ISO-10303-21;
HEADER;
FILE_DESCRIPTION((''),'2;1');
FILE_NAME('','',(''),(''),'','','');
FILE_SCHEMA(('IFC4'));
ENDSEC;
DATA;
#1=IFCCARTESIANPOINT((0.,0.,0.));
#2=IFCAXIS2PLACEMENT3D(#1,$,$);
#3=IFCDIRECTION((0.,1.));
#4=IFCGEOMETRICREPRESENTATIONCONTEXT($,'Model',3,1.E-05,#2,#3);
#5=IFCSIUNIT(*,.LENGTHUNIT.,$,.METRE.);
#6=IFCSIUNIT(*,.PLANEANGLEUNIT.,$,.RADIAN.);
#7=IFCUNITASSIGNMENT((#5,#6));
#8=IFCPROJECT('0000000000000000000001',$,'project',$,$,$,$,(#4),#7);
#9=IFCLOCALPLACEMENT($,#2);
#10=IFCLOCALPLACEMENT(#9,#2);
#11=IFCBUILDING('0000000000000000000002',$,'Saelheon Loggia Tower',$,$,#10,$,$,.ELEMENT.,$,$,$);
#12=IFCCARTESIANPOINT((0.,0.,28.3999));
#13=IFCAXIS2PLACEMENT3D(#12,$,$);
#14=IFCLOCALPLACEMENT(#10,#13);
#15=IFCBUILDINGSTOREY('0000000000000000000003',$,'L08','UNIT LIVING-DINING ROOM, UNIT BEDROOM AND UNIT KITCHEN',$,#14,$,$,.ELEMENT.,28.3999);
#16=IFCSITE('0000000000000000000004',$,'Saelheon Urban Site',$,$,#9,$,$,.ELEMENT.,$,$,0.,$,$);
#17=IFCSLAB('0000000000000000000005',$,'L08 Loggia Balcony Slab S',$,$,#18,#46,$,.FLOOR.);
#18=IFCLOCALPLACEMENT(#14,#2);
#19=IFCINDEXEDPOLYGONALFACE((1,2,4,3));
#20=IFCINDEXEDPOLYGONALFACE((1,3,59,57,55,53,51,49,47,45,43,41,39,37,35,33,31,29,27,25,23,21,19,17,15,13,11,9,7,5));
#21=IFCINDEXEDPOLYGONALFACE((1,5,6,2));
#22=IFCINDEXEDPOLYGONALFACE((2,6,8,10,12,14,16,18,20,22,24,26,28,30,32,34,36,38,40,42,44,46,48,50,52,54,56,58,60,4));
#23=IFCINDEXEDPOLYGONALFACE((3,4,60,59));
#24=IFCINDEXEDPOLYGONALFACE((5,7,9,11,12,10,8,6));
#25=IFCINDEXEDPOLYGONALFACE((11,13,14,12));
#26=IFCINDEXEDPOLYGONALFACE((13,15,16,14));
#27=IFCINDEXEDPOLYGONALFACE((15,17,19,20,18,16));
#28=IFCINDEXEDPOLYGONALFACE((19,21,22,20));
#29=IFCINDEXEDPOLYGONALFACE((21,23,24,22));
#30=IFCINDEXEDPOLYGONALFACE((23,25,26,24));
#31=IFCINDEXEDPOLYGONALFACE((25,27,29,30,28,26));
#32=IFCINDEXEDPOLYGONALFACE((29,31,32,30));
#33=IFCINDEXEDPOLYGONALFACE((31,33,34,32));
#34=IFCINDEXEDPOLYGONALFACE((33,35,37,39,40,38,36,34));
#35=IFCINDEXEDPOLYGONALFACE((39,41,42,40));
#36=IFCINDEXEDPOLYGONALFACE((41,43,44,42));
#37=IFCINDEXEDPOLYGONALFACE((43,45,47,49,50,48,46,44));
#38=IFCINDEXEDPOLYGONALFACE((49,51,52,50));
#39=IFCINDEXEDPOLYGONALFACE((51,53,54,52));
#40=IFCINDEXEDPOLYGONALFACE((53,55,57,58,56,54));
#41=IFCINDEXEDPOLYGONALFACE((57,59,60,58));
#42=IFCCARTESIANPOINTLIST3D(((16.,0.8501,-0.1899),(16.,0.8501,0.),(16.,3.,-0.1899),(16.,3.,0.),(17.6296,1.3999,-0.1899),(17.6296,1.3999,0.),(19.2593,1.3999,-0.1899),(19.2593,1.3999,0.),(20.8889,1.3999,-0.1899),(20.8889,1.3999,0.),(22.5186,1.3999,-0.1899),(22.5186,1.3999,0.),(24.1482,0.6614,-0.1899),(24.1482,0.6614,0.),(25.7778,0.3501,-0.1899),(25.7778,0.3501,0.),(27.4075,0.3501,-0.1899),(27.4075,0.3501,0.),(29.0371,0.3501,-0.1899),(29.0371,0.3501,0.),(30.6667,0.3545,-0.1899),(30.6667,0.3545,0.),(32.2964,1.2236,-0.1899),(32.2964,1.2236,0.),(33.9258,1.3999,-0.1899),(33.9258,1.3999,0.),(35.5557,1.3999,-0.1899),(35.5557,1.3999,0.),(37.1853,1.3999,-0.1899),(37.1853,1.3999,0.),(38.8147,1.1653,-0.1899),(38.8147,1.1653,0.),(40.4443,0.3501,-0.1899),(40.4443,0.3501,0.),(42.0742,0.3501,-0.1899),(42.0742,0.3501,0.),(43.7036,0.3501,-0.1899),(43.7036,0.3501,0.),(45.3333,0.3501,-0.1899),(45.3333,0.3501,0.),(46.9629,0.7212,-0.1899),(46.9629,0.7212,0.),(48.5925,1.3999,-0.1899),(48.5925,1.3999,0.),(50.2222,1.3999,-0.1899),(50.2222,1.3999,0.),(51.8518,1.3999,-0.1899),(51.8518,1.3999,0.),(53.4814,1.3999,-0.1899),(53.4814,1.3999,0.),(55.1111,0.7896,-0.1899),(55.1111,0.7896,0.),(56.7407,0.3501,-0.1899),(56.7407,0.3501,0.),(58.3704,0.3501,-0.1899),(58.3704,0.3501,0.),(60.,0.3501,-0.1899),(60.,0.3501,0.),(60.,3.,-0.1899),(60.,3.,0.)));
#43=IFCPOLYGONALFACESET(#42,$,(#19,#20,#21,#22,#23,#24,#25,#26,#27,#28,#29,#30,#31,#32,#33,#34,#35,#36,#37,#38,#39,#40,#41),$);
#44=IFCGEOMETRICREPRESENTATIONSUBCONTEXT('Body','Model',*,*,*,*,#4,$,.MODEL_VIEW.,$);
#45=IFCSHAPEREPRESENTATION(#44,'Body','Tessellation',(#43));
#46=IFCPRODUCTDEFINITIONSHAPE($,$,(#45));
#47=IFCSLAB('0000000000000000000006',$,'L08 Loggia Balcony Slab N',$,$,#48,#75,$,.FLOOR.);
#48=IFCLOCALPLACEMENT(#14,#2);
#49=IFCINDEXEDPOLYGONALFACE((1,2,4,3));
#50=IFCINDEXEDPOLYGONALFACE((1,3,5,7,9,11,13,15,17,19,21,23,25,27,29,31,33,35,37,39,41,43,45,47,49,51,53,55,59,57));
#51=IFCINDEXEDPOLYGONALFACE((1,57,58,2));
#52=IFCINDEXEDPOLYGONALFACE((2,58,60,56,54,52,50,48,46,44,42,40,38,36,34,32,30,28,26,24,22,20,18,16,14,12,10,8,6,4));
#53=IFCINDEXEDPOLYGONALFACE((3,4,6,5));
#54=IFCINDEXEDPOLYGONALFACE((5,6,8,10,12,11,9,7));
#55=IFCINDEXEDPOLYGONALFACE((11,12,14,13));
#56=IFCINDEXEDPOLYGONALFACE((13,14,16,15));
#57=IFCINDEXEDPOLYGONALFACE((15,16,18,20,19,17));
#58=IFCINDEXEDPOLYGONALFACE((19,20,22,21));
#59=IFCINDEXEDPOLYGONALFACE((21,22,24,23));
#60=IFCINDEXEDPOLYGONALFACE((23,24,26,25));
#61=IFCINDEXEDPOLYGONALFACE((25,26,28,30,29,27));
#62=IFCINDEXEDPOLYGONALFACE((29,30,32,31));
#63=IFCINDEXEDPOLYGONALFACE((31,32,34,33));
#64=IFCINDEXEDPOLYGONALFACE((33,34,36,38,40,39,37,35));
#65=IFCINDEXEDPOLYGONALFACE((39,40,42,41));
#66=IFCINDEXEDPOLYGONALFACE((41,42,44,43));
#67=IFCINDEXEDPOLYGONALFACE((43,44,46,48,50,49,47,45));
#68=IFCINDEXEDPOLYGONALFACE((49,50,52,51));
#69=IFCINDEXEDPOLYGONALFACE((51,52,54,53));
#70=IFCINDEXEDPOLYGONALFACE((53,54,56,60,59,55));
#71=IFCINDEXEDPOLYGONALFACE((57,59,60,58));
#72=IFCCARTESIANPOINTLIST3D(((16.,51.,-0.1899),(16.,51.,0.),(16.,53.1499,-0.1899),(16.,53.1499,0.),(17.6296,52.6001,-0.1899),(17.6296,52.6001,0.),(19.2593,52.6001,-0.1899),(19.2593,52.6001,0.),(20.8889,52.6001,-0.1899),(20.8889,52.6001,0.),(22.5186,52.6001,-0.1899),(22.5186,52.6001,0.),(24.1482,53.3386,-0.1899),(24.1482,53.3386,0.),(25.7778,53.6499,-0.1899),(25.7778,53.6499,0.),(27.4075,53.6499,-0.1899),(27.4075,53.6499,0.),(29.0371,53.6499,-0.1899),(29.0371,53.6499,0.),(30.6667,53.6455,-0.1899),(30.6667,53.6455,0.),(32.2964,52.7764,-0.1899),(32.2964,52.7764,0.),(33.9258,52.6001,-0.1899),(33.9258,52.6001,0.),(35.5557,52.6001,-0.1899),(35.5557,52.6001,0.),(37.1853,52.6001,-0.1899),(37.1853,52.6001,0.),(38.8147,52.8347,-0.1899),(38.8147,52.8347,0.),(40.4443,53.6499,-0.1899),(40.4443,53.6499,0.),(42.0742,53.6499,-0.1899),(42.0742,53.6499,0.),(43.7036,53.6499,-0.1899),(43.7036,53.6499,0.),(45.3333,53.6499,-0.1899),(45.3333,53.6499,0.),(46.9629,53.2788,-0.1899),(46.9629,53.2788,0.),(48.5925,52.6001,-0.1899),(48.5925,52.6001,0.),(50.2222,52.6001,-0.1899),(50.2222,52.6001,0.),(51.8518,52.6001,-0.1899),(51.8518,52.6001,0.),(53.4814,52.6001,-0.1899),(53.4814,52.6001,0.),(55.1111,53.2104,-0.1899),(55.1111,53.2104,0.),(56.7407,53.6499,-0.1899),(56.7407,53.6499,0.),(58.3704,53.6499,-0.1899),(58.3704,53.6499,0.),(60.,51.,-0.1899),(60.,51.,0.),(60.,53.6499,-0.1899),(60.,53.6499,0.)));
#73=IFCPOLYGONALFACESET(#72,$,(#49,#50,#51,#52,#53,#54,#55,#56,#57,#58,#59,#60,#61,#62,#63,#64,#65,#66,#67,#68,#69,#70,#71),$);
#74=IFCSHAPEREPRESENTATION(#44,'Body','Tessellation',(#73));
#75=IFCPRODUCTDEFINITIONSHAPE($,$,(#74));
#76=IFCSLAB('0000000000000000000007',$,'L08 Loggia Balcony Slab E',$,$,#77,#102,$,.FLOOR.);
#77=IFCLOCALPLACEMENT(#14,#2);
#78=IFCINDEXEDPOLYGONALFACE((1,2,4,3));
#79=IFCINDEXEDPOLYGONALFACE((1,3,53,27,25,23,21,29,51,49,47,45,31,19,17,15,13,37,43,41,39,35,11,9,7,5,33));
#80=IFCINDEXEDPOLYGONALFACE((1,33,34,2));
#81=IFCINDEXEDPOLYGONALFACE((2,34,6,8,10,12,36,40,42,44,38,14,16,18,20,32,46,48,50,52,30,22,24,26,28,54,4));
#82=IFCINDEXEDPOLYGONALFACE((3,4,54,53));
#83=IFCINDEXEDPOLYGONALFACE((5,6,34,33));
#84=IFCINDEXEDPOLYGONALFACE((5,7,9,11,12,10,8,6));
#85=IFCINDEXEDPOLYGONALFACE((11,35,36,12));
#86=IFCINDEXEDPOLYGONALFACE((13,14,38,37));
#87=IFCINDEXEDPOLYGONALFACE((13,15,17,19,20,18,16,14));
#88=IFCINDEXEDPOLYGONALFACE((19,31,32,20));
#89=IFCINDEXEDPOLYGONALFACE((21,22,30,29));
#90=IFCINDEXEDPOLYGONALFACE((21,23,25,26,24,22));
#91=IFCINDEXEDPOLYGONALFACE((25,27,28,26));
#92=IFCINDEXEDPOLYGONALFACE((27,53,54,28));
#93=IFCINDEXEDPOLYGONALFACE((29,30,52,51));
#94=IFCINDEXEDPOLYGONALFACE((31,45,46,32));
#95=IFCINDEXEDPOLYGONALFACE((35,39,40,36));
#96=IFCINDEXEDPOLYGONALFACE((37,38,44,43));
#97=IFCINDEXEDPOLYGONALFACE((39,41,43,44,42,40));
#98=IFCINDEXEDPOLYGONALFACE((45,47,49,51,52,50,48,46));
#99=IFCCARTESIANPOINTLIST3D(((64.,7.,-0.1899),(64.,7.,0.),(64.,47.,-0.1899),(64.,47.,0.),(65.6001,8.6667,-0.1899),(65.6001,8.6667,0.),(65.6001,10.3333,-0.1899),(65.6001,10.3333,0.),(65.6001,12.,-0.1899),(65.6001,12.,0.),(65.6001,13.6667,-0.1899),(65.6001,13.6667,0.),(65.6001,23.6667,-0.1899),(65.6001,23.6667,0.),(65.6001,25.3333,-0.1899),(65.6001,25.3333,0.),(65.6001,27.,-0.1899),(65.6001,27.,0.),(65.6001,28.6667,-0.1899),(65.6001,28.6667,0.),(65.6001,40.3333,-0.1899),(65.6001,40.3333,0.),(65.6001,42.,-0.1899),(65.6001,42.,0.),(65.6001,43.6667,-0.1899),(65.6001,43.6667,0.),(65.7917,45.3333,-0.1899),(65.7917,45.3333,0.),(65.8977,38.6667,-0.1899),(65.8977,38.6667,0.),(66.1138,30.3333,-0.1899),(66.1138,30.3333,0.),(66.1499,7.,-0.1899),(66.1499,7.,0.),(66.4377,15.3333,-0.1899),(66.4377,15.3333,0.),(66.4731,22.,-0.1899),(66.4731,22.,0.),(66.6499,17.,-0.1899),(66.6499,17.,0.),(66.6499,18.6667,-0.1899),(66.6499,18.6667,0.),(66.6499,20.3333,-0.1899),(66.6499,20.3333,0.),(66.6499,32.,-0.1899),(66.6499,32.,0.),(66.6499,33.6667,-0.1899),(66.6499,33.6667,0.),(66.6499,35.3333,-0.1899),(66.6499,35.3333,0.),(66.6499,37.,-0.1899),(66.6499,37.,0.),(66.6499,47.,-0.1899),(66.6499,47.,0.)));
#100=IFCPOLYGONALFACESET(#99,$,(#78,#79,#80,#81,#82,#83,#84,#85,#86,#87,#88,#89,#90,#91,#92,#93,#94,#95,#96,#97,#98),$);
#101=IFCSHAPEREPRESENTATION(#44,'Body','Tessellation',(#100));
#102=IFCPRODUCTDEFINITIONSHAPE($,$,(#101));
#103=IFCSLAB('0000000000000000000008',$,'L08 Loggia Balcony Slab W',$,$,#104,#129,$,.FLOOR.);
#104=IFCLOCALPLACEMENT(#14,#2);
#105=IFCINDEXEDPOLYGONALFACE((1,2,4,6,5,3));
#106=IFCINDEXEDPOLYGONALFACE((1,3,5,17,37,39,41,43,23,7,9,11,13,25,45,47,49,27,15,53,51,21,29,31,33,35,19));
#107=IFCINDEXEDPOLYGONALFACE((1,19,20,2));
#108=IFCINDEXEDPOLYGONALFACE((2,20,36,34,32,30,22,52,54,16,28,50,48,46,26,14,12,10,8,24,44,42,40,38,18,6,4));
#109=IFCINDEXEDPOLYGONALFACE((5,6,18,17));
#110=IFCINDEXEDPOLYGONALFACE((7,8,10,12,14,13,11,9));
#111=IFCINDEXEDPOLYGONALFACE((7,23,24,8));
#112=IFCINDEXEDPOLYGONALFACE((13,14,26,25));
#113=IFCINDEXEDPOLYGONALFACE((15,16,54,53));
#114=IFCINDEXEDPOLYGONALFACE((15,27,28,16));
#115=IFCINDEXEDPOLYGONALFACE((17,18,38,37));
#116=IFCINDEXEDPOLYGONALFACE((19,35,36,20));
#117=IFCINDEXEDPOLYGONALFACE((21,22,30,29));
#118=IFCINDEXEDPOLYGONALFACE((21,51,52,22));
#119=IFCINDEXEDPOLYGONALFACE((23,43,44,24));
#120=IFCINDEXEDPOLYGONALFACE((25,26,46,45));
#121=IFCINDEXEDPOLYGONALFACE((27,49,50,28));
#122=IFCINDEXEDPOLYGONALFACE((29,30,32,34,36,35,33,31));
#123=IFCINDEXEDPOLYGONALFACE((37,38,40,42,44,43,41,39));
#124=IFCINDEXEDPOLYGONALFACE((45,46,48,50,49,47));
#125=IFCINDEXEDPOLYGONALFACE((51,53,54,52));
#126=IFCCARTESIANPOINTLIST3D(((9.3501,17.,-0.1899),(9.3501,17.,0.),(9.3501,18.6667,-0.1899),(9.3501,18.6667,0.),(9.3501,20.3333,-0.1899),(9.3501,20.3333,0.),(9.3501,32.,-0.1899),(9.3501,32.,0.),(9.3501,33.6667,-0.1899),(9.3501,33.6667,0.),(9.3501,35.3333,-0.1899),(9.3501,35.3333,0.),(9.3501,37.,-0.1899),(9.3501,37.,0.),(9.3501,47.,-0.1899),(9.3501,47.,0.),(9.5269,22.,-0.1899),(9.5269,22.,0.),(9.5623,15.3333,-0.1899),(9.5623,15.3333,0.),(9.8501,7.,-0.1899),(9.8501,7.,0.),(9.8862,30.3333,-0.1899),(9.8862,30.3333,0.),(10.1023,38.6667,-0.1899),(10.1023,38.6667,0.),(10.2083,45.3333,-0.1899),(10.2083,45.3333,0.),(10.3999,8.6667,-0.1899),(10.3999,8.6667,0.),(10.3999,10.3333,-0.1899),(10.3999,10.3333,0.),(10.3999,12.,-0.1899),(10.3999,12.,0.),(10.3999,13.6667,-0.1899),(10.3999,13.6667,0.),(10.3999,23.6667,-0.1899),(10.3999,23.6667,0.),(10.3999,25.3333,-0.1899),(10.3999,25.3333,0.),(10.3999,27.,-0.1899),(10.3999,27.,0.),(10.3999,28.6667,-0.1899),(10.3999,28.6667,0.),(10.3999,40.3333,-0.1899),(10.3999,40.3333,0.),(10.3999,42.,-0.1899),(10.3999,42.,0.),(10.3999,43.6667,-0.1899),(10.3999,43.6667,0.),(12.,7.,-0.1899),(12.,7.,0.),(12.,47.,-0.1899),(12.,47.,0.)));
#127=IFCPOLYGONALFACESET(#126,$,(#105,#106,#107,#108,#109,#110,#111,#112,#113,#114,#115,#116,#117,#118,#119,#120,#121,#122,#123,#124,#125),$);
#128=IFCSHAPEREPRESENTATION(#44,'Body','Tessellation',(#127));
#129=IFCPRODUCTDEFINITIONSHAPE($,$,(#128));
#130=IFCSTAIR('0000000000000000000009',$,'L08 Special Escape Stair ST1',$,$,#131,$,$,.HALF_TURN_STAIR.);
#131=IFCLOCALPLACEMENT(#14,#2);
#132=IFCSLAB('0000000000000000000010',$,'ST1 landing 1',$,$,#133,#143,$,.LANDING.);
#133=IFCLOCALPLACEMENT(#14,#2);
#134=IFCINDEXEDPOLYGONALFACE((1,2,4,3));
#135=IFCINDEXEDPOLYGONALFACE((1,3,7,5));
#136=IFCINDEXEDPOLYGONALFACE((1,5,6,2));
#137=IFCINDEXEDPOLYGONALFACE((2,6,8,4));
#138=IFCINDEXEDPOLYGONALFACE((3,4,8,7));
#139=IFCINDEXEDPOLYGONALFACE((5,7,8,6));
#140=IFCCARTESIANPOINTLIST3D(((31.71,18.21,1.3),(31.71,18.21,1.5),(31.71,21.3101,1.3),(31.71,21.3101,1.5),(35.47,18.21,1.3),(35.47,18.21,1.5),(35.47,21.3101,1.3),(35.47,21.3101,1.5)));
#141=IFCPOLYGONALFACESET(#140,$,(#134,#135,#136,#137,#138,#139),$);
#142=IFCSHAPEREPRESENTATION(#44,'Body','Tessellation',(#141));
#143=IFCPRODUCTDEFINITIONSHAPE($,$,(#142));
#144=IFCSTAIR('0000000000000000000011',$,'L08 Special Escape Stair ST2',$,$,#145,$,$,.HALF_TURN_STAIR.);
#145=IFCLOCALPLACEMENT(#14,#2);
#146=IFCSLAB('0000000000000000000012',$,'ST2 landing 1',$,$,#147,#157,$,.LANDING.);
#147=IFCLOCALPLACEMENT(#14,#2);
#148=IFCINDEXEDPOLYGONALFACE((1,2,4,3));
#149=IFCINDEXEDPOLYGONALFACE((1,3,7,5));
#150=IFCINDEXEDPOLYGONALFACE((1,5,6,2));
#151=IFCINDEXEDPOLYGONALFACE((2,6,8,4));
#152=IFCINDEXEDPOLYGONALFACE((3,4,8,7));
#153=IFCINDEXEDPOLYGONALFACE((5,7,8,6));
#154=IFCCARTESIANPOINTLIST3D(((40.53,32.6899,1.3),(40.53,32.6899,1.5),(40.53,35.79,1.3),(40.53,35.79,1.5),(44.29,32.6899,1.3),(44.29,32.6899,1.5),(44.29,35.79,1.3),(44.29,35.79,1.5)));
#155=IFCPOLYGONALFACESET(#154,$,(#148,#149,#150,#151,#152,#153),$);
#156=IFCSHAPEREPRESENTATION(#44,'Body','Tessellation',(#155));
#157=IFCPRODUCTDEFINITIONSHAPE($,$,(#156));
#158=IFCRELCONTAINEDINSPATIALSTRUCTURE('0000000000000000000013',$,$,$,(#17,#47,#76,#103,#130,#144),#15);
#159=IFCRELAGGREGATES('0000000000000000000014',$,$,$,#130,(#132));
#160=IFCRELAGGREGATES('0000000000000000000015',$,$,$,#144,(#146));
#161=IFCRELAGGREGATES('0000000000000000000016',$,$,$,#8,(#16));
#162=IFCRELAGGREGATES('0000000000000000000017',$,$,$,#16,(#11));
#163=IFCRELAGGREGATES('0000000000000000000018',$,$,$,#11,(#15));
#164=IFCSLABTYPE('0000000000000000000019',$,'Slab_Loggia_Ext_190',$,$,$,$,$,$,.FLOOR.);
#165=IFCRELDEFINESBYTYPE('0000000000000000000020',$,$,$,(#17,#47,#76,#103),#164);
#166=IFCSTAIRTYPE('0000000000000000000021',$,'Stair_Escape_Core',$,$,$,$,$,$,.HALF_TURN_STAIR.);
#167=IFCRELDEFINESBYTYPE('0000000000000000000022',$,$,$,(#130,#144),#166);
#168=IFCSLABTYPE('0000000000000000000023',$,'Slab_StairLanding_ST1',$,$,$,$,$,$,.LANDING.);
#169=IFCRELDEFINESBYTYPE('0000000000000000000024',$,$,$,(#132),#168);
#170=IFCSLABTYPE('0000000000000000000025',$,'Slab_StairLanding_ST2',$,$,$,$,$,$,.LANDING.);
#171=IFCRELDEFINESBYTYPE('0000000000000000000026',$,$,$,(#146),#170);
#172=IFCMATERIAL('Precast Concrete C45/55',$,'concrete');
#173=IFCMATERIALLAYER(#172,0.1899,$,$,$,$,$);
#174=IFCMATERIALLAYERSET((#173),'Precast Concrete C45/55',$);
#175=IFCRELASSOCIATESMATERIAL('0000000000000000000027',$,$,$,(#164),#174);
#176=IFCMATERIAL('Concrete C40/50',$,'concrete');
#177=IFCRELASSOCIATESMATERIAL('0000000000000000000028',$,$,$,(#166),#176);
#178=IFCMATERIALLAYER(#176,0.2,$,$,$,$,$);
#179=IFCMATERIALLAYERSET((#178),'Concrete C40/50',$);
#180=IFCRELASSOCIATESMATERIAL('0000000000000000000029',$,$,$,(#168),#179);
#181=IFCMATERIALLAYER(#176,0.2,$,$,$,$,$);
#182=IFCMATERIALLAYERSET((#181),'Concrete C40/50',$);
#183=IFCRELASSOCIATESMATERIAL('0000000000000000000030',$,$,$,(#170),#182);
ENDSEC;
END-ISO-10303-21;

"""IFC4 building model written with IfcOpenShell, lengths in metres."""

from ifc_helpers import new_model, si_unit, direction, frame, origin, place, context, subcontext, project, spatial, polyline, outline, extrude, material, layer, layer_set, type_object, element, aggregate, save


model = new_model("IFC4")

# Units and contexts
model_context = context("Model", 3, precision=1e-05, world=origin(), true_north=direction((0.0, 1.0)))
body_context = subcontext(model_context, "Body", "Model", "MODEL_VIEW")
ifc_project = project(units=[si_unit("LENGTHUNIT", "METRE"), si_unit("PLANEANGLEUNIT", "RADIAN")], contexts=[model_context])

# Site, building, storey
site_placement = place(None, origin())
site = spatial("IfcSite", under=ifc_project, at=site_placement, Name="Saelheon Urban Site", CompositionType="ELEMENT", RefElevation=0.0)
building_placement = place(site_placement, origin())
building = spatial("IfcBuilding", under=site, at=building_placement, Name="Saelheon Loggia Tower", CompositionType="ELEMENT")
storey_placement = place(building_placement, frame((0.0, 0.0, 28.3999)))
storey = spatial("IfcBuildingStorey", under=building, at=storey_placement, Name="L08", Description="UNIT LIVING-DINING ROOM, UNIT BEDROOM AND UNIT KITCHEN", CompositionType="ELEMENT", Elevation=28.3999)

# Slabs
ifc_material_1 = material(Name="Precast Concrete C45/55", Category="concrete")
ifc_layer_1 = layer(ifc_material_1, 0.1899)
ifc_layer_set_1 = layer_set([ifc_layer_1], Name="Precast Concrete C45/55")
slab_type_1 = type_object("IfcSlabType", Name="Slab_Loggia_Ext_190", PredefinedType="FLOOR", material=ifc_layer_set_1)
slab_1_placement = place(storey_placement, frame((0.0, 0.0, -0.1899)))
element("IfcSlab", 1, at=slab_1_placement, inside=storey, type_object=slab_type_1, Name="L08 Loggia Balcony Slab S", PredefinedType="FLOOR", context=body_context, shape_type="SweptSolid", body=[
    extrude(outline(polyline([(16.0, 0.8501), (17.6296, 1.3999), (19.2593, 1.3999), (20.8889, 1.3999), (22.5186, 1.3999), (24.1482, 0.6614), (25.7778, 0.3501), (27.4075, 0.3501), (29.0371, 0.3501), (30.6667, 0.3545), (32.2964, 1.2236), (33.9258, 1.3999), (35.5557, 1.3999), (37.1853, 1.3999), (38.8147, 1.1653), (40.4443, 0.3501), (42.0742, 0.3501), (43.7036, 0.3501), (45.3333, 0.3501), (46.9629, 0.7212), (48.5925, 1.3999), (50.2222, 1.3999), (51.8518, 1.3999), (53.4814, 1.3999), (55.1111, 0.7896), (56.7407, 0.3501), (58.3704, 0.3501), (60.0, 0.3501), (60.0, 3.0), (16.0, 3.0), (16.0, 0.8501)])), origin(), (0.0, 0.0, 1.0), 0.1899),
])
slab_2_placement = place(storey_placement, frame((0.0, 0.0, -0.1899)))
element("IfcSlab", 2, at=slab_2_placement, inside=storey, type_object=slab_type_1, Name="L08 Loggia Balcony Slab N", PredefinedType="FLOOR", context=body_context, shape_type="SweptSolid", body=[
    extrude(outline(polyline([(16.0, 51.0), (60.0, 51.0), (60.0, 53.6499), (58.3704, 53.6499), (56.7407, 53.6499), (55.1111, 53.2104), (53.4814, 52.6001), (51.8518, 52.6001), (50.2222, 52.6001), (48.5925, 52.6001), (46.9629, 53.2788), (45.3333, 53.6499), (43.7036, 53.6499), (42.0742, 53.6499), (40.4443, 53.6499), (38.8147, 52.8347), (37.1853, 52.6001), (35.5557, 52.6001), (33.9258, 52.6001), (32.2964, 52.7764), (30.6667, 53.6455), (29.0371, 53.6499), (27.4075, 53.6499), (25.7778, 53.6499), (24.1482, 53.3386), (22.5186, 52.6001), (20.8889, 52.6001), (19.2593, 52.6001), (17.6296, 52.6001), (16.0, 53.1499), (16.0, 51.0)])), origin(), (0.0, 0.0, 1.0), 0.1899),
])
slab_3_placement = place(storey_placement, frame((0.0, 0.0, -0.1899)))
element("IfcSlab", 3, at=slab_3_placement, inside=storey, type_object=slab_type_1, Name="L08 Loggia Balcony Slab E", PredefinedType="FLOOR", context=body_context, shape_type="SweptSolid", body=[
    extrude(outline(polyline([(64.0, 7.0), (66.1499, 7.0), (65.6001, 8.6667), (65.6001, 10.3333), (65.6001, 12.0), (65.6001, 13.6667), (66.4377, 15.3333), (66.6499, 17.0), (66.6499, 18.6667), (66.6499, 20.3333), (66.4731, 22.0), (65.6001, 23.6667), (65.6001, 25.3333), (65.6001, 27.0), (65.6001, 28.6667), (66.1138, 30.3333), (66.6499, 32.0), (66.6499, 33.6667), (66.6499, 35.3333), (66.6499, 37.0), (65.8977, 38.6667), (65.6001, 40.3333), (65.6001, 42.0), (65.6001, 43.6667), (65.7917, 45.3333), (66.6499, 47.0), (64.0, 47.0), (64.0, 7.0)])), origin(), (0.0, 0.0, 1.0), 0.1899),
])
slab_4_placement = place(storey_placement, frame((0.0, 0.0, -0.1899)))
element("IfcSlab", 4, at=slab_4_placement, inside=storey, type_object=slab_type_1, Name="L08 Loggia Balcony Slab W", PredefinedType="FLOOR", context=body_context, shape_type="SweptSolid", body=[
    extrude(outline(polyline([(12.0, 7.0), (12.0, 47.0), (9.3501, 47.0), (10.2083, 45.3333), (10.3999, 43.6667), (10.3999, 42.0), (10.3999, 40.3333), (10.1023, 38.6667), (9.3501, 37.0), (9.3501, 35.3333), (9.3501, 33.6667), (9.3501, 32.0), (9.8862, 30.3333), (10.3999, 28.6667), (10.3999, 27.0), (10.3999, 25.3333), (10.3999, 23.6667), (9.5269, 22.0), (9.3501, 20.3333), (9.3501, 18.6667), (9.3501, 17.0), (9.5623, 15.3333), (10.3999, 13.6667), (10.3999, 12.0), (10.3999, 10.3333), (10.3999, 8.6667), (9.8501, 7.0), (12.0, 7.0)])), origin(), (0.0, 0.0, 1.0), 0.1899),
])

# Stairs, slabs
ifc_material_2 = material(Name="Concrete C40/50", Category="concrete")
stair_type = type_object("IfcStairType", Name="Stair_Escape_Core", PredefinedType="HALF_TURN_STAIR", material=ifc_material_2)
stair_1_placement = place(storey_placement, origin())
stair_1 = element("IfcStair", 5, at=stair_1_placement, inside=storey, type_object=stair_type, Name="L08 Special Escape Stair ST1", PredefinedType="HALF_TURN_STAIR")
ifc_layer_2 = layer(ifc_material_2, 0.2)
ifc_layer_set_2 = layer_set([ifc_layer_2], Name="Concrete C40/50")
slab_type_2 = type_object("IfcSlabType", Name="Slab_StairLanding_ST1", PredefinedType="LANDING", material=ifc_layer_set_2)
slab_5_placement = place(storey_placement, frame((0.0, 0.0, 1.3)))
slab_5 = element("IfcSlab", 6, at=slab_5_placement, type_object=slab_type_2, Name="ST1 landing 1", PredefinedType="LANDING", context=body_context, shape_type="SweptSolid", body=[
    extrude(outline(polyline([(31.71, 21.3101), (31.71, 18.21), (35.47, 18.21), (35.47, 21.3101), (31.71, 21.3101)])), origin(), (0.0, 0.0, 1.0), 0.2),
])
aggregate(stair_1, [slab_5])
stair_2_placement = place(storey_placement, origin())
stair_2 = element("IfcStair", 7, at=stair_2_placement, inside=storey, type_object=stair_type, Name="L08 Special Escape Stair ST2", PredefinedType="HALF_TURN_STAIR")
ifc_layer_3 = layer(ifc_material_2, 0.2)
ifc_layer_set_3 = layer_set([ifc_layer_3], Name="Concrete C40/50")
slab_type_3 = type_object("IfcSlabType", Name="Slab_StairLanding_ST2", PredefinedType="LANDING", material=ifc_layer_set_3)
slab_6_placement = place(storey_placement, frame((0.0, 0.0, 1.3)))
slab_6 = element("IfcSlab", 8, at=slab_6_placement, type_object=slab_type_3, Name="ST2 landing 1", PredefinedType="LANDING", context=body_context, shape_type="SweptSolid", body=[
    extrude(outline(polyline([(44.29, 32.6899), (44.29, 35.79), (40.53, 35.79), (40.53, 32.6899), (44.29, 32.6899)])), origin(), (0.0, 0.0, 1.0), 0.2),
])
aggregate(stair_2, [slab_6])

save(model, "model.ifc")
